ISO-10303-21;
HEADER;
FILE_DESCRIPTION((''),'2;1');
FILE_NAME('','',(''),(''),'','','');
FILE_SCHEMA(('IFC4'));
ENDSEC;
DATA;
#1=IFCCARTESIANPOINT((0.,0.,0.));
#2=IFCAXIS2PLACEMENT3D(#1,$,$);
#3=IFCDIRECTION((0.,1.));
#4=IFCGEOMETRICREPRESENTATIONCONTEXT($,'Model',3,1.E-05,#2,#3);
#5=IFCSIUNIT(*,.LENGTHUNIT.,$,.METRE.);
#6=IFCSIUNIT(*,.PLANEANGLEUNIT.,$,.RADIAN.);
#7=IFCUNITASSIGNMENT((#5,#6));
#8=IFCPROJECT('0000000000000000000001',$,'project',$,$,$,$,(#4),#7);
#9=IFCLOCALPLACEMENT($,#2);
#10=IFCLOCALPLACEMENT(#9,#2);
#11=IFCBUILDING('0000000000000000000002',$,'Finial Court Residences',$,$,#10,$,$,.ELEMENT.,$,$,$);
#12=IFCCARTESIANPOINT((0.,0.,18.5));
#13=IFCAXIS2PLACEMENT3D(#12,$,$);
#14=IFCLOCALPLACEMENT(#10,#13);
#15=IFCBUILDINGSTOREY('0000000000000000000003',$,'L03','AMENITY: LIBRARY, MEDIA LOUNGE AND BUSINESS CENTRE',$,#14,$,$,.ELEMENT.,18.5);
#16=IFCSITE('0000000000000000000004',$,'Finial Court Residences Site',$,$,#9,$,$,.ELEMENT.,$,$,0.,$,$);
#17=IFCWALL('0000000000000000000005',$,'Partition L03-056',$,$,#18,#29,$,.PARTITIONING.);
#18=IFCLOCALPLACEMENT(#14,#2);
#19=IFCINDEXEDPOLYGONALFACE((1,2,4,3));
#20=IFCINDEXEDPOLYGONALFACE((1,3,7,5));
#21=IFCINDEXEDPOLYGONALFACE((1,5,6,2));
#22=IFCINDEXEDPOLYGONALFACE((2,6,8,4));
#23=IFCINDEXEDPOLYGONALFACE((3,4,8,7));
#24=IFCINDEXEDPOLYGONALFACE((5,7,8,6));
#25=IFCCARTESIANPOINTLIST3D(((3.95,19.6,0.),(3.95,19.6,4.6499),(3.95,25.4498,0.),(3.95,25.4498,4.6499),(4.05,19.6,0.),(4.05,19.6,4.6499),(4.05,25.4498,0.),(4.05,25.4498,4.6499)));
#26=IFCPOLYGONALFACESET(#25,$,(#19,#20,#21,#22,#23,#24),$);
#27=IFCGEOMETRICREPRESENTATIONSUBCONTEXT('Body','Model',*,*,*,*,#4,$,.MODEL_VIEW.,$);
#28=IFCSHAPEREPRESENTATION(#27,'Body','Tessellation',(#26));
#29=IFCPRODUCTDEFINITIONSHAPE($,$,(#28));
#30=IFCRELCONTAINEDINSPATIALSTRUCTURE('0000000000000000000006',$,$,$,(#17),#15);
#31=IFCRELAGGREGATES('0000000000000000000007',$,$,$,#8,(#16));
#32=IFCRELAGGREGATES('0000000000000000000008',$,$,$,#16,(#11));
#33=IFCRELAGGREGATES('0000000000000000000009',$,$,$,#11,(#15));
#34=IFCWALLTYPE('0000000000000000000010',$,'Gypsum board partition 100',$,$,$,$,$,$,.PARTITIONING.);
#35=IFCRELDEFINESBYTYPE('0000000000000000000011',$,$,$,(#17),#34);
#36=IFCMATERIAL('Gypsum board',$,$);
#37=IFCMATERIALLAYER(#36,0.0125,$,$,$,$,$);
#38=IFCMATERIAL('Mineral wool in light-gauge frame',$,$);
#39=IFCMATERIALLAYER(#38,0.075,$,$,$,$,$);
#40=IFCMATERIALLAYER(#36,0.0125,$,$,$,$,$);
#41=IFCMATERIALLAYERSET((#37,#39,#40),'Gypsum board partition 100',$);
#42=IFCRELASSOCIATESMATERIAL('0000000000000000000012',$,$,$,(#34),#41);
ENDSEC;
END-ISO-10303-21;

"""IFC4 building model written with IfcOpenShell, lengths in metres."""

from ifc_helpers import new_model, si_unit, direction, frame, frame_2d, origin, place, context, subcontext, project, spatial, rectangle, extrude, material, layer, layer_set, type_object, element, save


model = new_model("IFC4")

# Units and contexts
model_context = context("Model", 3, precision=1e-05, world=origin(), true_north=direction((0.0, 1.0)))
body_context = subcontext(model_context, "Body", "Model", "MODEL_VIEW")
ifc_project = project(units=[si_unit("LENGTHUNIT", "METRE"), si_unit("PLANEANGLEUNIT", "RADIAN")], contexts=[model_context])

# Site, building, storey
site_placement = place(None, origin())
site = spatial("IfcSite", under=ifc_project, at=site_placement, Name="Finial Court Residences Site", CompositionType="ELEMENT", RefElevation=0.0)
building_placement = place(site_placement, origin())
building = spatial("IfcBuilding", under=site, at=building_placement, Name="Finial Court Residences", CompositionType="ELEMENT")
storey_placement = place(building_placement, frame((0.0, 0.0, 18.5)))
storey = spatial("IfcBuildingStorey", under=building, at=storey_placement, Name="L03", Description="AMENITY: LIBRARY, MEDIA LOUNGE AND BUSINESS CENTRE", CompositionType="ELEMENT", Elevation=18.5)

# Wall
ifc_material_1 = material(Name="Gypsum board")
ifc_layer_1 = layer(ifc_material_1, 0.0125)
ifc_material_2 = material(Name="Mineral wool in light-gauge frame")
ifc_layer_2 = layer(ifc_material_2, 0.075)
ifc_layer_3 = layer(ifc_material_1, 0.0125)
ifc_layer_set_1 = layer_set([ifc_layer_1, ifc_layer_2, ifc_layer_3], Name="Gypsum board partition 100")
wall_type = type_object("IfcWallType", Name="Gypsum board partition 100", PredefinedType="PARTITIONING", material=ifc_layer_set_1)
for number, where, z_axis, x_axis, name in (
    (1, (4.0, 19.6001, 0.0), (0.0, 0.0, 1.0), (0.0, 1.0, 0.0), "Partition L03-056"),
):
    element("IfcWall", number, at=place(storey_placement, frame(where, z_axis=z_axis, x_axis=x_axis)), inside=storey, type_object=wall_type, Name=name, PredefinedType="PARTITIONING", context=body_context, shape_type="SweptSolid", body=[
        extrude(rectangle(XDim=5.8499, YDim=0.1001, at=frame_2d((2.9248, 0.0))), origin(), (0.0, 0.0, 1.0), 4.6499),
    ])

save(model, "model.ifc")
